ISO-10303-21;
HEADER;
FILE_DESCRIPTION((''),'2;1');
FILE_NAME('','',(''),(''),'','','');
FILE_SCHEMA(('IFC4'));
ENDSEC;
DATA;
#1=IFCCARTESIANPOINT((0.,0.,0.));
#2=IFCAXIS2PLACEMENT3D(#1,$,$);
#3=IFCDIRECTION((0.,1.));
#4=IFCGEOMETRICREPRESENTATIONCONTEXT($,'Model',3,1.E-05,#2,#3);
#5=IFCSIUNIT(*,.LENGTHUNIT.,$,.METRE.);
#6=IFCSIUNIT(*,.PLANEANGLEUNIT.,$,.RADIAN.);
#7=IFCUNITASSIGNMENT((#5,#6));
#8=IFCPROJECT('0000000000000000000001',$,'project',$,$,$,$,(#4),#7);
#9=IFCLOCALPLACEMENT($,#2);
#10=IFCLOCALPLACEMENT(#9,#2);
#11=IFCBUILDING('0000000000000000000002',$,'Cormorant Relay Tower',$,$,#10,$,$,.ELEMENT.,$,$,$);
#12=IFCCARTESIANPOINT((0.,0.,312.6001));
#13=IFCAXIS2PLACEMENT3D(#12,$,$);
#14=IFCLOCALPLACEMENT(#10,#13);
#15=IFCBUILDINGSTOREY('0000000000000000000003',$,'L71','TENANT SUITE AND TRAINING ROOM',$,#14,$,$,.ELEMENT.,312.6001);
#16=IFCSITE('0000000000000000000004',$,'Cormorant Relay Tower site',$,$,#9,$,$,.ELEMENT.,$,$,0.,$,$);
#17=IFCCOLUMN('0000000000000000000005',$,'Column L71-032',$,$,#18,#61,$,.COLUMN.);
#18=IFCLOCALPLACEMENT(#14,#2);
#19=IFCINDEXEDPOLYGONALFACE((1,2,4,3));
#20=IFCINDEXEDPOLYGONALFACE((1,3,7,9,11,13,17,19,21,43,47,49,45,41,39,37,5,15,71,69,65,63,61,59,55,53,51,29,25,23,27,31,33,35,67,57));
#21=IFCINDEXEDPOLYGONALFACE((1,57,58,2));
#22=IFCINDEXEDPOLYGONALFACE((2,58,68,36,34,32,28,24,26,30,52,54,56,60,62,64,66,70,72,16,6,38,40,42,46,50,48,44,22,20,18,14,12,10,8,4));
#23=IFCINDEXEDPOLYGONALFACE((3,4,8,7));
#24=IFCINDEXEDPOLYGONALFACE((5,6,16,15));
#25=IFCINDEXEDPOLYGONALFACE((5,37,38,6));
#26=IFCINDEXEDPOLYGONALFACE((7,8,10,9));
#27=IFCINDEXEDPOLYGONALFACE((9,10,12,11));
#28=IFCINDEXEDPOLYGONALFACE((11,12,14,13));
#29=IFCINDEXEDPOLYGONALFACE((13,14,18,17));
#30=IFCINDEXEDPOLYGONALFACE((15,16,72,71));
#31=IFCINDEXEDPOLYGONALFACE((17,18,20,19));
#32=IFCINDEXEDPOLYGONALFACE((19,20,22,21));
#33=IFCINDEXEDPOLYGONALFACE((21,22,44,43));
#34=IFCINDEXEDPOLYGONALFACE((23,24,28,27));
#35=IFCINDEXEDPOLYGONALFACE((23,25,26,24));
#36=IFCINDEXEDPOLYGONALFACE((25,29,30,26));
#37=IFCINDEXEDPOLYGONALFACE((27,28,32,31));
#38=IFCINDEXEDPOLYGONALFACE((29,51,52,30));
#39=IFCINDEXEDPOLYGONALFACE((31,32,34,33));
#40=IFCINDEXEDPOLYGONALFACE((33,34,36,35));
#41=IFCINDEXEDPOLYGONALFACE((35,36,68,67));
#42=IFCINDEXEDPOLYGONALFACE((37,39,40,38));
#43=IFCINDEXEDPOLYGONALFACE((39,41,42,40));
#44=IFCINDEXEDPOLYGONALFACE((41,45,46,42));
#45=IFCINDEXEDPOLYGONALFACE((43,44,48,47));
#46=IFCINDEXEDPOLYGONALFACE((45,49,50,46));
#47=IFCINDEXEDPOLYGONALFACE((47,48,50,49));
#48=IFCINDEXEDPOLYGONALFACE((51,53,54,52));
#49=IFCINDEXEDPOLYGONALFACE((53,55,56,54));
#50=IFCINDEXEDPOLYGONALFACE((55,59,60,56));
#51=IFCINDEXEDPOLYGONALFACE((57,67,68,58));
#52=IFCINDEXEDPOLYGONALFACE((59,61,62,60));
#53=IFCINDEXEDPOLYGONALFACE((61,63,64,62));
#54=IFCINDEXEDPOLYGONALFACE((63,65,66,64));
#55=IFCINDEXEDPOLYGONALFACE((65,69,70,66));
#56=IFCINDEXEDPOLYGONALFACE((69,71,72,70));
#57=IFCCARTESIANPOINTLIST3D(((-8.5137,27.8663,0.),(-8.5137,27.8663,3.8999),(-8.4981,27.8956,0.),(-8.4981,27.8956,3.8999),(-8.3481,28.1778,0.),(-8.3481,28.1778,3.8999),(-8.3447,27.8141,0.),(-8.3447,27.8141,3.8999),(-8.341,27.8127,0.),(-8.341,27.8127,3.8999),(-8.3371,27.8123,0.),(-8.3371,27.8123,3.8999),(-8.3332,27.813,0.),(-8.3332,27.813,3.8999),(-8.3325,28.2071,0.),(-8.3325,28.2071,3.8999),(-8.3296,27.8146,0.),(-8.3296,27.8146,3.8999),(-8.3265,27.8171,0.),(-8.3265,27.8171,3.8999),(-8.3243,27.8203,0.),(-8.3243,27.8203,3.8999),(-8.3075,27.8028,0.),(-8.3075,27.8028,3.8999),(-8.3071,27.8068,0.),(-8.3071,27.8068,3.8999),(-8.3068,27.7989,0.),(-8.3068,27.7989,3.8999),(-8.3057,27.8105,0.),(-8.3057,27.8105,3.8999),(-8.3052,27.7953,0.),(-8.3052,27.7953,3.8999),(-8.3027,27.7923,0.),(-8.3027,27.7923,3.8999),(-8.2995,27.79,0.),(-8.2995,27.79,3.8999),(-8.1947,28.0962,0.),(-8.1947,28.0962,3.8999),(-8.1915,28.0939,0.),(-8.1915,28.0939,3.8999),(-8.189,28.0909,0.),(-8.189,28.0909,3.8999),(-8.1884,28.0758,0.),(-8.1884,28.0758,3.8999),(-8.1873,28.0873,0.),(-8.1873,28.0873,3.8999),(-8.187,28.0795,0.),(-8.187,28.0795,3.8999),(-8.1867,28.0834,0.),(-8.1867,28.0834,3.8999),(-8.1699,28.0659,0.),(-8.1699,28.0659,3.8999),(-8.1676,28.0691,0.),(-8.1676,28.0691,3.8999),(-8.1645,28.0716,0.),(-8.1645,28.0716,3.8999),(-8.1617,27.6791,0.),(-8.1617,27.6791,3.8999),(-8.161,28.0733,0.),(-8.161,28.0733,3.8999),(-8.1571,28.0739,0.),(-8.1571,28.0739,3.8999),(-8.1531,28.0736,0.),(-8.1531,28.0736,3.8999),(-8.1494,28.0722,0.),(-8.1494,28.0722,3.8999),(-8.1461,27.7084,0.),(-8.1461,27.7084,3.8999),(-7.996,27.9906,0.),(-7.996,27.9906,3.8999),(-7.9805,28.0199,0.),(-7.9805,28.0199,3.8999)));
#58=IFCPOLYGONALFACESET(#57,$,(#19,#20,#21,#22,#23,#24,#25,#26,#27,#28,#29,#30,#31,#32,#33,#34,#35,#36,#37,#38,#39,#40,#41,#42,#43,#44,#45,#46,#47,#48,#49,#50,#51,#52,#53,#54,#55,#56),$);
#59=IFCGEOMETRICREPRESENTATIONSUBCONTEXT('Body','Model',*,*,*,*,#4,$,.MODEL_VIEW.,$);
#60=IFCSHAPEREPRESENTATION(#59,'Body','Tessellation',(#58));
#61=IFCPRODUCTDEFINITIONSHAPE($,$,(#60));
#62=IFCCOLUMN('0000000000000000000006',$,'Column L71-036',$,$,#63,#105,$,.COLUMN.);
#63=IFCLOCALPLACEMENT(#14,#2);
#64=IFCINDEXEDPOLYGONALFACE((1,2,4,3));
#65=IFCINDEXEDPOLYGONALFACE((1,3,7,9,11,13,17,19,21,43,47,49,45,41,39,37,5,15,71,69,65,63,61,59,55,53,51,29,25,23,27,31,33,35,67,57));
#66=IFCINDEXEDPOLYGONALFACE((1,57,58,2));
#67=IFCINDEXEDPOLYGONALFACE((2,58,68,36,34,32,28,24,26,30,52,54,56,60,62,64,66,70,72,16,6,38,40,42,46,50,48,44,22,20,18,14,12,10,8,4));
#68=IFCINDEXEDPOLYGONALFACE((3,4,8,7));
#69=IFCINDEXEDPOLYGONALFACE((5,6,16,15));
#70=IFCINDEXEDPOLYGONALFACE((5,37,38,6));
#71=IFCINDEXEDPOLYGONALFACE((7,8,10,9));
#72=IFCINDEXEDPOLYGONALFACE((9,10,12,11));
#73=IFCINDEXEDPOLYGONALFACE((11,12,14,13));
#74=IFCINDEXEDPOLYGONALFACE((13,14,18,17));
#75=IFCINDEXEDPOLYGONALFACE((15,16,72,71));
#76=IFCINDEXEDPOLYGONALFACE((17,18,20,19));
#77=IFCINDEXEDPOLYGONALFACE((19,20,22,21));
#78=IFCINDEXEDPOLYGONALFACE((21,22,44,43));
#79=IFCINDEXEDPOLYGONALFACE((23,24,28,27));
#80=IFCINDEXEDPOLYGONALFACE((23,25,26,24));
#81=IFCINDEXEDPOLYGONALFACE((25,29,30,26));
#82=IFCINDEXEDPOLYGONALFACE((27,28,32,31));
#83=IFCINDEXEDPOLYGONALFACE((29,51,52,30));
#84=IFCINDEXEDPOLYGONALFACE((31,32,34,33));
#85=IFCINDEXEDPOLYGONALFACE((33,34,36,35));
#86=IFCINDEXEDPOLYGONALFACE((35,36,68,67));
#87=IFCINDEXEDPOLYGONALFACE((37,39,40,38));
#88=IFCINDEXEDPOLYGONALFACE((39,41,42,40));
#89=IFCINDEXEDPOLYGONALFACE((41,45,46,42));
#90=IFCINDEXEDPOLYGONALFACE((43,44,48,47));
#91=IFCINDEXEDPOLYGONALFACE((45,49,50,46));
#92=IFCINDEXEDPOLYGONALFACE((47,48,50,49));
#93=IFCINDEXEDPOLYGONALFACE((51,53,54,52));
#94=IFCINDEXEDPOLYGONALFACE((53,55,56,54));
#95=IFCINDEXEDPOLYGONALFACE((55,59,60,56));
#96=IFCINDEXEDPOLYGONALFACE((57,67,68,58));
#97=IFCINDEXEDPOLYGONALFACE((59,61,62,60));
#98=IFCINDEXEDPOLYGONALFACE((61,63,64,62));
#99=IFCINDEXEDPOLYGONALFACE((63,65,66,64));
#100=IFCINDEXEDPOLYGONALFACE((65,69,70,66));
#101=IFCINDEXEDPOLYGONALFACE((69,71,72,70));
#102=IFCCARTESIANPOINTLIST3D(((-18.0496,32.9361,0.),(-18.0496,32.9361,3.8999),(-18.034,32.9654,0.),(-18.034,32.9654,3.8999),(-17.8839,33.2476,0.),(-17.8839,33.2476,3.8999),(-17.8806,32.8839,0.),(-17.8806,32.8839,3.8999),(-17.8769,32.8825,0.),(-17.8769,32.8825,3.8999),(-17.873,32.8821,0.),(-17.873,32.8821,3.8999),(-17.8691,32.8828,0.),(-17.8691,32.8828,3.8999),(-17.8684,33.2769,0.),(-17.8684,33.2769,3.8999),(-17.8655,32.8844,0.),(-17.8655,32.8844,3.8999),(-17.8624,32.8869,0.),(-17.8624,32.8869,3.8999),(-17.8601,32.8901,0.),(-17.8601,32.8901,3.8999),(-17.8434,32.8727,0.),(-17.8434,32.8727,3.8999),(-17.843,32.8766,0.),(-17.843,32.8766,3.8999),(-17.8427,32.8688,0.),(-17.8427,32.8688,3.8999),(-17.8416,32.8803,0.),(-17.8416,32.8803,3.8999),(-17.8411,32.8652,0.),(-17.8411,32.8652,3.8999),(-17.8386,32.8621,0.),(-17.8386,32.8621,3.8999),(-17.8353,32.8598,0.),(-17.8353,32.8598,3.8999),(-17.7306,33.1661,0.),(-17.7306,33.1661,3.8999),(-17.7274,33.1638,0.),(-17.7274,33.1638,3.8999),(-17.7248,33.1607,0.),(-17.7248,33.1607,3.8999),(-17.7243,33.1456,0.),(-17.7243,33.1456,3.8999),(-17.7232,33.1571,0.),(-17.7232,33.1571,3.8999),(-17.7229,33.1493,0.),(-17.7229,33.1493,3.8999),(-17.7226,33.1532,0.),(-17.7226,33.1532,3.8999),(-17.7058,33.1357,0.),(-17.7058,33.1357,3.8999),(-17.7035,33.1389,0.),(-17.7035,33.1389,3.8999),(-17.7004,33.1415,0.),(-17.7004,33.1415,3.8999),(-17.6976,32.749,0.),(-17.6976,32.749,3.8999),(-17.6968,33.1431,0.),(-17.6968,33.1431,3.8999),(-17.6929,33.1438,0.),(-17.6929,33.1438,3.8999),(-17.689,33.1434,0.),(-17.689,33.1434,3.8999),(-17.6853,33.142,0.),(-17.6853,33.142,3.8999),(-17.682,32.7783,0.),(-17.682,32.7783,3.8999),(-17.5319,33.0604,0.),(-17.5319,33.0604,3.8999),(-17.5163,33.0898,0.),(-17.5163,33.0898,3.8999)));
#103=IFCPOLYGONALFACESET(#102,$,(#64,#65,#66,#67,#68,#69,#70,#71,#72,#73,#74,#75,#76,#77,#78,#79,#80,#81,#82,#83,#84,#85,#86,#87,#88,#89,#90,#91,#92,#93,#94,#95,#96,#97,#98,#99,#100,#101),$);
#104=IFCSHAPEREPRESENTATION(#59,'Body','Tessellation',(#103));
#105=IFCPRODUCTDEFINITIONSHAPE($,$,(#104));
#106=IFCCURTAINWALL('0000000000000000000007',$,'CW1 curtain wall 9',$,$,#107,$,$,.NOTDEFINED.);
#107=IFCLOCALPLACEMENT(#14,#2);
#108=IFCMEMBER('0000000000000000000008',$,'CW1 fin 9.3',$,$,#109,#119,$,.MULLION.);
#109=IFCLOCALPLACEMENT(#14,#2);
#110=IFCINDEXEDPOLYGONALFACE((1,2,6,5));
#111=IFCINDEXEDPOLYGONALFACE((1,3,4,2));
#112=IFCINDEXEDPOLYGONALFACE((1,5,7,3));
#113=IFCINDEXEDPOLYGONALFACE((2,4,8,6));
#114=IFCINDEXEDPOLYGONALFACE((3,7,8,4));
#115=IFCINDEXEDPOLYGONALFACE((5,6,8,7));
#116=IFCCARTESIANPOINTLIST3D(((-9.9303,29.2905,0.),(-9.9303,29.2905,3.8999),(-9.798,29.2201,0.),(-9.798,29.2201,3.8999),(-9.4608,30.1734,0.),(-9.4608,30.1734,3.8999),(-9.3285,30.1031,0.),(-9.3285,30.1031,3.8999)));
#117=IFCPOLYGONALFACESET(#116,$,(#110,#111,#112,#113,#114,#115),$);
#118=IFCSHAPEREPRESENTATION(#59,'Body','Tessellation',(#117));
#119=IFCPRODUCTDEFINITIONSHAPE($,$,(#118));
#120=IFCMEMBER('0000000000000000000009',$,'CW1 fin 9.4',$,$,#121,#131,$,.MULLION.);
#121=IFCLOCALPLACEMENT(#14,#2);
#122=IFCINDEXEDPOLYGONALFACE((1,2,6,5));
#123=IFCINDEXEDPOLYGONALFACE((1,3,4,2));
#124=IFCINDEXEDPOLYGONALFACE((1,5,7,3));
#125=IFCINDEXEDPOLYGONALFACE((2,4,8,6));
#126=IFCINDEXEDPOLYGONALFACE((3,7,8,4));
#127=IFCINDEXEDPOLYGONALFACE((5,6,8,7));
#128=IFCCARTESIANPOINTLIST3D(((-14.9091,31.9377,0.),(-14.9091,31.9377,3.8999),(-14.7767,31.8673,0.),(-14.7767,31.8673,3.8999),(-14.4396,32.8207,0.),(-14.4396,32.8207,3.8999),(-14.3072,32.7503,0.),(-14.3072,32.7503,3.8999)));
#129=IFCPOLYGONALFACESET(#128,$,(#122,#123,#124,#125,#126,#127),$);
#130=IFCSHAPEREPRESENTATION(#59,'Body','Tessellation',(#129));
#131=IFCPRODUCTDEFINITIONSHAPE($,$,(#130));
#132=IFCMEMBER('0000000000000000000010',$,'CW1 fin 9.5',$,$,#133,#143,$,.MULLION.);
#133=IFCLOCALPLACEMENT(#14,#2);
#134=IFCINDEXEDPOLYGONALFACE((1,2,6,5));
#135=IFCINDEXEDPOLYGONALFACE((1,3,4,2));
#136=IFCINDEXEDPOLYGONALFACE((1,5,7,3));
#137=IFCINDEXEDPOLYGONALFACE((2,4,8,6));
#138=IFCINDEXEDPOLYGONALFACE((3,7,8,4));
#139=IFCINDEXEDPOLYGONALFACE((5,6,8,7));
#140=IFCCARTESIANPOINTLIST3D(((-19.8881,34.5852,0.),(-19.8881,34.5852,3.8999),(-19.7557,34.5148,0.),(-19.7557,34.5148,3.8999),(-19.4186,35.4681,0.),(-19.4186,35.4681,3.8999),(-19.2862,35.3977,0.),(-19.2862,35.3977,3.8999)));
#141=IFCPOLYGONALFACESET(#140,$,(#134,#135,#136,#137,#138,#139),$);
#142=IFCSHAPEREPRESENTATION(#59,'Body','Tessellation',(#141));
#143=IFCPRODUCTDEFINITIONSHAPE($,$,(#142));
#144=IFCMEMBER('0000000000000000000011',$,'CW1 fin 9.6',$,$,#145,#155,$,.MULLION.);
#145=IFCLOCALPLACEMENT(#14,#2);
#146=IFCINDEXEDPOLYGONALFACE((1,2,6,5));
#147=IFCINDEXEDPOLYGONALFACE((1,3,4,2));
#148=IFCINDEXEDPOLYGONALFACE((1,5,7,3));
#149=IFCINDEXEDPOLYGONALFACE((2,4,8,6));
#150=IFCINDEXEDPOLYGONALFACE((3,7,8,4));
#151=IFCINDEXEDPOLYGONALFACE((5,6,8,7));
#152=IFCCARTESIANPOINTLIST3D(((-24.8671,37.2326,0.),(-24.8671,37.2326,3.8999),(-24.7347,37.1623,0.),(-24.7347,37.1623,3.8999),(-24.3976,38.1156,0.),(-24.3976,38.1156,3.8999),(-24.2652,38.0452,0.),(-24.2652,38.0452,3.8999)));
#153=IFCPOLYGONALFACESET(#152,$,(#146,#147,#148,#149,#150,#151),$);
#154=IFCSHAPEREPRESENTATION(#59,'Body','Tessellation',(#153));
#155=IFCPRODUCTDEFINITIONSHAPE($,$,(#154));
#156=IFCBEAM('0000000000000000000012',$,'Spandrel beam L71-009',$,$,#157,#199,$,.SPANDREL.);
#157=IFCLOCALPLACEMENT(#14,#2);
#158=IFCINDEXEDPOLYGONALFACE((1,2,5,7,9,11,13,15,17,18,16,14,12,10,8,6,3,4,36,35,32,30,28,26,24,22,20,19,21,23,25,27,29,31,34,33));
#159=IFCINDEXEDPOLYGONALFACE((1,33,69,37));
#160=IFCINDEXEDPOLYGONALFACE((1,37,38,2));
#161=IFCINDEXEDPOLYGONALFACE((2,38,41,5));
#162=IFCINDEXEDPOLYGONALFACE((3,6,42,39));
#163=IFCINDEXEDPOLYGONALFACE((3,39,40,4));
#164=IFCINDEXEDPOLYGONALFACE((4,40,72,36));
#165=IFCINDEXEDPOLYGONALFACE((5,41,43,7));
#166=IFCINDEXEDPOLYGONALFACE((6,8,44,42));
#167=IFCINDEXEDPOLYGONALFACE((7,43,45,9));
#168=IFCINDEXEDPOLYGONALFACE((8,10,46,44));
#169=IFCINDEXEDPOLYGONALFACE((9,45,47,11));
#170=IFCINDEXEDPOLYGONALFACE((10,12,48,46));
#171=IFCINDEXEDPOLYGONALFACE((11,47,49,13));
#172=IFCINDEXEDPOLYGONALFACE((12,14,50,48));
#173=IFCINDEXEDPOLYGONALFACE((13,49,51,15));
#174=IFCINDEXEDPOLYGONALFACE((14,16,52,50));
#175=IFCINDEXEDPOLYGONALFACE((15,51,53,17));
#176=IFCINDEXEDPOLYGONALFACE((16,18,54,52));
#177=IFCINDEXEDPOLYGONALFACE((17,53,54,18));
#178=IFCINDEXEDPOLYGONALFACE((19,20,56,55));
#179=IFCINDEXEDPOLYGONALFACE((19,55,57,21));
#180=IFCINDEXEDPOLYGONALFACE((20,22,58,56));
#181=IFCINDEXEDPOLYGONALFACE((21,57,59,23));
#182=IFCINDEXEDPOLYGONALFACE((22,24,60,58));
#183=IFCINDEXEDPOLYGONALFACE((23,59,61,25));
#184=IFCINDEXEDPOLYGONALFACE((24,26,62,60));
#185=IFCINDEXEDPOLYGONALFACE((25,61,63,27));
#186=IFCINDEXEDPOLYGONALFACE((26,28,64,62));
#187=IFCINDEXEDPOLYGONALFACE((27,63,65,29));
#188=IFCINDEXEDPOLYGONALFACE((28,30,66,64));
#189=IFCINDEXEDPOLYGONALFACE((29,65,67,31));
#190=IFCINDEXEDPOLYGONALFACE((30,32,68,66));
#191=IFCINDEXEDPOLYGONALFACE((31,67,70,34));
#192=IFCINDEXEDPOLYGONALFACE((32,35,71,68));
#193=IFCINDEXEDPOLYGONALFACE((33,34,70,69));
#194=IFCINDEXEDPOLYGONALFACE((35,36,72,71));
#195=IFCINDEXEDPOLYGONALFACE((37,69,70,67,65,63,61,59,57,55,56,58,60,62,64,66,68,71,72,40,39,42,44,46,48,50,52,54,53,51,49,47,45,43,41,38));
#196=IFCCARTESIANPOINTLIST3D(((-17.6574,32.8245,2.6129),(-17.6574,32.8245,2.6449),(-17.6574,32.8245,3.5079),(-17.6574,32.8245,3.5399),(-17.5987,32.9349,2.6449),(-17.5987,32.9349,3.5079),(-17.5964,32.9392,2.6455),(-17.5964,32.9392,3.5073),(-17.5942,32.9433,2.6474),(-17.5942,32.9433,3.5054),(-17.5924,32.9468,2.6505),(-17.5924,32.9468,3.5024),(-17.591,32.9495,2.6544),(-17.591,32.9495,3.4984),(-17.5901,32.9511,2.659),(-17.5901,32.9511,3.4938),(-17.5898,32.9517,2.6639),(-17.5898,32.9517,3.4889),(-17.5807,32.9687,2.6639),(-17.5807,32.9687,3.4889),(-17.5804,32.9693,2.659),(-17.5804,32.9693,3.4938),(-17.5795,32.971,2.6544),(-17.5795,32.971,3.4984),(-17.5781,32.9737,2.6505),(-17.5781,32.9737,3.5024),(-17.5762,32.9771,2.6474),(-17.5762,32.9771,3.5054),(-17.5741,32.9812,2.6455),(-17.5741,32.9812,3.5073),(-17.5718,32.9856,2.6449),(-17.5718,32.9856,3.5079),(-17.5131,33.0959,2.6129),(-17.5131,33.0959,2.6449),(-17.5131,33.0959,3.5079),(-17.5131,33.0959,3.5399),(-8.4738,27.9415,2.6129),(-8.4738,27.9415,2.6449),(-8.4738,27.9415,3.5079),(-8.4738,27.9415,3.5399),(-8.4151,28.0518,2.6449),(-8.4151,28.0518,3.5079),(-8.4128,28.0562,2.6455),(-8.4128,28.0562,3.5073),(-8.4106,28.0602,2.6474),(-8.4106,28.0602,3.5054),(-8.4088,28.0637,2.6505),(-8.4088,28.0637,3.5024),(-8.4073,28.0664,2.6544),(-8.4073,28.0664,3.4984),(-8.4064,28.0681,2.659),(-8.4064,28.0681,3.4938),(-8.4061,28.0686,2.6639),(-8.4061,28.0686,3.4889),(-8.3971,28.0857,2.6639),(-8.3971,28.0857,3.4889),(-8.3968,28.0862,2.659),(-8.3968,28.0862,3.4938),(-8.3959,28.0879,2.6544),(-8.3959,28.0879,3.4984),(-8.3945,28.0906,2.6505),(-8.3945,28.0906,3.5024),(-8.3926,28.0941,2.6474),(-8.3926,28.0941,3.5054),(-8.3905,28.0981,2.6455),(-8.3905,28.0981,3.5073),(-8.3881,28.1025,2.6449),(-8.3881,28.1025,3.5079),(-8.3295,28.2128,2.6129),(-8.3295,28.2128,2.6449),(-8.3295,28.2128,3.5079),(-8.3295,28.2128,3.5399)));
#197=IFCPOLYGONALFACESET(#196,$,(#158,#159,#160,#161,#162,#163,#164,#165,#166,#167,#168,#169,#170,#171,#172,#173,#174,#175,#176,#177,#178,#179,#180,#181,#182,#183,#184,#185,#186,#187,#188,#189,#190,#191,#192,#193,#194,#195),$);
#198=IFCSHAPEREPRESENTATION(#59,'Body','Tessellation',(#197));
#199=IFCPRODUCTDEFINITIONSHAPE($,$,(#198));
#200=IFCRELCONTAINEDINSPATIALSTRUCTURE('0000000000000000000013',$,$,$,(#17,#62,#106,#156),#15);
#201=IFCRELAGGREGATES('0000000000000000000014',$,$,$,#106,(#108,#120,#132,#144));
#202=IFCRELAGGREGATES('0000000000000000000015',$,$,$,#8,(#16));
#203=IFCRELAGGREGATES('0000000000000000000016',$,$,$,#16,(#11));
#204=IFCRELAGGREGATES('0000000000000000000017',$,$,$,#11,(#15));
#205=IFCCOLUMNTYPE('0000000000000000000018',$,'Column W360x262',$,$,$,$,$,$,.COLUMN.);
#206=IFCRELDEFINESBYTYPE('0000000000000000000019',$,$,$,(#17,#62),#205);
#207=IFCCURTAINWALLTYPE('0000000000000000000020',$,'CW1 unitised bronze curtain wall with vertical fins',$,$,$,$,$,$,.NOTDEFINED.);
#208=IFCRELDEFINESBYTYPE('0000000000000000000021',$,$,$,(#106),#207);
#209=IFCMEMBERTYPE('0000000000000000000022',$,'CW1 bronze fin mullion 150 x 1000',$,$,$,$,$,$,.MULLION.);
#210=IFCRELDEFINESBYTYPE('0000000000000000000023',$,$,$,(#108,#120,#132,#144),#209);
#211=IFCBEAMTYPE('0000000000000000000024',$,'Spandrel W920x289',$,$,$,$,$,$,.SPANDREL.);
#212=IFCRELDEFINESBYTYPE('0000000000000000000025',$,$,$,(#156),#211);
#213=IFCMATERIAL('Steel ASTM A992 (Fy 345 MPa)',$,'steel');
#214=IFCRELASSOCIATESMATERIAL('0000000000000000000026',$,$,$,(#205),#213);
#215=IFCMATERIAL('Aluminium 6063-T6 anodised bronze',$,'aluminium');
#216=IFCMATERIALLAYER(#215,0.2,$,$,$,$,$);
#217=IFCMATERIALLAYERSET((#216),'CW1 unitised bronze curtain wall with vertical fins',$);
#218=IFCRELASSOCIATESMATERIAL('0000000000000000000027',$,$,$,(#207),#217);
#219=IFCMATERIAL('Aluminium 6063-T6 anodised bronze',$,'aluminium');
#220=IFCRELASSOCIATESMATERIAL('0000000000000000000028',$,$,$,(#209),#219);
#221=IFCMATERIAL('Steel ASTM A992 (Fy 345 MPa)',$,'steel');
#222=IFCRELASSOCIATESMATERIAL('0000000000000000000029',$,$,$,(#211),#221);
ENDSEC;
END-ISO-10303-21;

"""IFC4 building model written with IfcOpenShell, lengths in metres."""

from ifc_helpers import new_model, si_unit, direction, frame, origin, origin_2d, place, context, subcontext, project, spatial, rectangle, i_section, extrude, material, layer, layer_set, material_profile, profile_set, type_object, element, aggregate, save


model = new_model("IFC4")

# Units and contexts
model_context = context("Model", 3, precision=1e-05, world=origin(), true_north=direction((0.0, 1.0)))
body_context = subcontext(model_context, "Body", "Model", "MODEL_VIEW")
ifc_project = project(units=[si_unit("LENGTHUNIT", "METRE"), si_unit("PLANEANGLEUNIT", "RADIAN")], contexts=[model_context])

# Site, building, storey
site_placement = place(None, origin())
site = spatial("IfcSite", under=ifc_project, at=site_placement, Name="Cormorant Relay Tower site", CompositionType="ELEMENT", RefElevation=0.0)
building_placement = place(site_placement, origin())
building = spatial("IfcBuilding", under=site, at=building_placement, Name="Cormorant Relay Tower", CompositionType="ELEMENT")
storey_placement = place(building_placement, frame((0.0, 0.0, 312.6001)))
storey = spatial("IfcBuildingStorey", under=building, at=storey_placement, Name="L71", Description="TENANT SUITE AND TRAINING ROOM", CompositionType="ELEMENT", Elevation=312.6001)

# Columns
ifc_material_1 = material(Name="Steel ASTM A992 (Fy 345 MPa)", Category="steel")
ifc_material_profile_1 = material_profile(ifc_material_1, i_section(OverallWidth=0.3987, OverallDepth=0.386, WebThickness=0.021, FlangeThickness=0.0332, FilletRadius=0.0151, at=origin_2d()), Name="W360x262")
ifc_profile_set_1 = profile_set([ifc_material_profile_1], Name="Steel ASTM A992 (Fy 345 MPa)")
column_type = type_object("IfcColumnType", Name="Column W360x262", PredefinedType="COLUMN", material=ifc_profile_set_1)
for number, where, z_axis, x_axis, name in (
    (1, (-8.2471, 27.9431, 0.0), (0.0, 0.0, 1.0), (-0.882948, 0.469472, 0.0), "Column L71-032"),
    (2, (-17.783, 33.0129, 0.0), (0.0, 0.0, 1.0), (-0.882948, 0.469472, 0.0), "Column L71-036"),
):
    element("IfcColumn", number, at=place(storey_placement, frame(where, z_axis=z_axis, x_axis=x_axis)), inside=storey, type_object=column_type, Name=name, PredefinedType="COLUMN", context=body_context, shape_type="SweptSolid", body=[
        extrude(i_section(OverallWidth=0.3987, OverallDepth=0.386, WebThickness=0.021, FlangeThickness=0.0332, FilletRadius=0.0151, at=origin_2d()), origin(), (0.0, 0.0, 1.0), 3.8999),
    ])

# Curtain wall, members
ifc_material_2 = material(Name="Aluminium 6063-T6 anodised bronze", Category="aluminium")
ifc_layer_1 = layer(ifc_material_2, 0.2)
ifc_layer_set_1 = layer_set([ifc_layer_1], Name="CW1 unitised bronze curtain wall with vertical fins")
curtain_wall_type = type_object("IfcCurtainWallType", Name="CW1 unitised bronze curtain wall with vertical fins", PredefinedType="NOTDEFINED", material=ifc_layer_set_1)
curtain_wall_placement = place(storey_placement, origin())
curtain_wall = element("IfcCurtainWall", 3, at=curtain_wall_placement, inside=storey, type_object=curtain_wall_type, Name="CW1 curtain wall 9", PredefinedType="NOTDEFINED")
ifc_material_3 = material(Name="Aluminium 6063-T6 anodised bronze", Category="aluminium")
ifc_material_profile_2 = material_profile(ifc_material_3, rectangle(XDim=0.1499, YDim=1.0, at=origin_2d()), Name="AL 150x1000")
ifc_profile_set_2 = profile_set([ifc_material_profile_2], Name="Aluminium 6063-T6 anodised bronze")
member_type = type_object("IfcMemberType", Name="CW1 bronze fin mullion 150 x 1000", PredefinedType="MULLION", material=ifc_profile_set_2)
member_1_placement = place(storey_placement, frame((-9.6294, 29.6968, 0.0), z_axis=(0.0, 0.0, 1.0), x_axis=(-0.882948, 0.469472, 0.0)))
member_1 = element("IfcMember", 4, at=member_1_placement, type_object=member_type, Name="CW1 fin 9.3", PredefinedType="MULLION", context=body_context, shape_type="SweptSolid", body=[
    extrude(rectangle(XDim=0.1499, YDim=1.0, at=origin_2d()), origin(), (0.0, 0.0, 1.0), 3.8999),
])
member_2_placement = place(storey_placement, frame((-14.6082, 32.344, 0.0), z_axis=(0.0, 0.0, 1.0), x_axis=(-0.882948, 0.469472, 0.0)))
member_2 = element("IfcMember", 5, at=member_2_placement, type_object=member_type, Name="CW1 fin 9.4", PredefinedType="MULLION", context=body_context, shape_type="SweptSolid", body=[
    extrude(rectangle(XDim=0.1499, YDim=1.0, at=origin_2d()), origin(), (0.0, 0.0, 1.0), 3.8999),
])
member_3_placement = place(storey_placement, frame((-19.5872, 34.9915, 0.0), z_axis=(0.0, 0.0, 1.0), x_axis=(-0.882948, 0.469472, 0.0)))
member_3 = element("IfcMember", 6, at=member_3_placement, type_object=member_type, Name="CW1 fin 9.5", PredefinedType="MULLION", context=body_context, shape_type="SweptSolid", body=[
    extrude(rectangle(XDim=0.1499, YDim=1.0, at=origin_2d()), origin(), (0.0, 0.0, 1.0), 3.8999),
])
member_4_placement = place(storey_placement, frame((-24.5662, 37.6389, 0.0), z_axis=(0.0, 0.0, 1.0), x_axis=(-0.882948, 0.469472, 0.0)))
member_4 = element("IfcMember", 7, at=member_4_placement, type_object=member_type, Name="CW1 fin 9.6", PredefinedType="MULLION", context=body_context, shape_type="SweptSolid", body=[
    extrude(rectangle(XDim=0.1499, YDim=1.0, at=origin_2d()), origin(), (0.0, 0.0, 1.0), 3.8999),
])

# Beam
ifc_material_4 = material(Name="Steel ASTM A992 (Fy 345 MPa)", Category="steel")
ifc_material_profile_3 = material_profile(ifc_material_4, i_section(OverallWidth=0.3074, OverallDepth=0.927, WebThickness=0.0193, FlangeThickness=0.032, FilletRadius=0.019, at=origin_2d()), Name="W920x289")
ifc_profile_set_3 = profile_set([ifc_material_profile_3], Name="Steel ASTM A992 (Fy 345 MPa)")
beam_type_1 = type_object("IfcBeamType", Name="Spandrel W920x289", PredefinedType="SPANDREL", material=ifc_profile_set_3)
beam_1_placement = place(storey_placement, frame((-8.4016, 28.0771, 3.0764), z_axis=(-0.882945, 0.469476, 0.0), x_axis=(-0.469476, -0.882945, 0.0)))
element("IfcBeam", 8, at=beam_1_placement, inside=storey, type_object=beam_type_1, Name="Spandrel beam L71-009", PredefinedType="SPANDREL", context=body_context, shape_type="SweptSolid", body=[
    extrude(i_section(OverallWidth=0.3074, OverallDepth=0.927, WebThickness=0.0193, FlangeThickness=0.032, FilletRadius=0.019, at=origin_2d()), origin(), (0.0, 0.0, 1.0), 10.4011),
])

aggregate(curtain_wall, [member_1, member_2, member_3, member_4])

save(model, "model.ifc")
